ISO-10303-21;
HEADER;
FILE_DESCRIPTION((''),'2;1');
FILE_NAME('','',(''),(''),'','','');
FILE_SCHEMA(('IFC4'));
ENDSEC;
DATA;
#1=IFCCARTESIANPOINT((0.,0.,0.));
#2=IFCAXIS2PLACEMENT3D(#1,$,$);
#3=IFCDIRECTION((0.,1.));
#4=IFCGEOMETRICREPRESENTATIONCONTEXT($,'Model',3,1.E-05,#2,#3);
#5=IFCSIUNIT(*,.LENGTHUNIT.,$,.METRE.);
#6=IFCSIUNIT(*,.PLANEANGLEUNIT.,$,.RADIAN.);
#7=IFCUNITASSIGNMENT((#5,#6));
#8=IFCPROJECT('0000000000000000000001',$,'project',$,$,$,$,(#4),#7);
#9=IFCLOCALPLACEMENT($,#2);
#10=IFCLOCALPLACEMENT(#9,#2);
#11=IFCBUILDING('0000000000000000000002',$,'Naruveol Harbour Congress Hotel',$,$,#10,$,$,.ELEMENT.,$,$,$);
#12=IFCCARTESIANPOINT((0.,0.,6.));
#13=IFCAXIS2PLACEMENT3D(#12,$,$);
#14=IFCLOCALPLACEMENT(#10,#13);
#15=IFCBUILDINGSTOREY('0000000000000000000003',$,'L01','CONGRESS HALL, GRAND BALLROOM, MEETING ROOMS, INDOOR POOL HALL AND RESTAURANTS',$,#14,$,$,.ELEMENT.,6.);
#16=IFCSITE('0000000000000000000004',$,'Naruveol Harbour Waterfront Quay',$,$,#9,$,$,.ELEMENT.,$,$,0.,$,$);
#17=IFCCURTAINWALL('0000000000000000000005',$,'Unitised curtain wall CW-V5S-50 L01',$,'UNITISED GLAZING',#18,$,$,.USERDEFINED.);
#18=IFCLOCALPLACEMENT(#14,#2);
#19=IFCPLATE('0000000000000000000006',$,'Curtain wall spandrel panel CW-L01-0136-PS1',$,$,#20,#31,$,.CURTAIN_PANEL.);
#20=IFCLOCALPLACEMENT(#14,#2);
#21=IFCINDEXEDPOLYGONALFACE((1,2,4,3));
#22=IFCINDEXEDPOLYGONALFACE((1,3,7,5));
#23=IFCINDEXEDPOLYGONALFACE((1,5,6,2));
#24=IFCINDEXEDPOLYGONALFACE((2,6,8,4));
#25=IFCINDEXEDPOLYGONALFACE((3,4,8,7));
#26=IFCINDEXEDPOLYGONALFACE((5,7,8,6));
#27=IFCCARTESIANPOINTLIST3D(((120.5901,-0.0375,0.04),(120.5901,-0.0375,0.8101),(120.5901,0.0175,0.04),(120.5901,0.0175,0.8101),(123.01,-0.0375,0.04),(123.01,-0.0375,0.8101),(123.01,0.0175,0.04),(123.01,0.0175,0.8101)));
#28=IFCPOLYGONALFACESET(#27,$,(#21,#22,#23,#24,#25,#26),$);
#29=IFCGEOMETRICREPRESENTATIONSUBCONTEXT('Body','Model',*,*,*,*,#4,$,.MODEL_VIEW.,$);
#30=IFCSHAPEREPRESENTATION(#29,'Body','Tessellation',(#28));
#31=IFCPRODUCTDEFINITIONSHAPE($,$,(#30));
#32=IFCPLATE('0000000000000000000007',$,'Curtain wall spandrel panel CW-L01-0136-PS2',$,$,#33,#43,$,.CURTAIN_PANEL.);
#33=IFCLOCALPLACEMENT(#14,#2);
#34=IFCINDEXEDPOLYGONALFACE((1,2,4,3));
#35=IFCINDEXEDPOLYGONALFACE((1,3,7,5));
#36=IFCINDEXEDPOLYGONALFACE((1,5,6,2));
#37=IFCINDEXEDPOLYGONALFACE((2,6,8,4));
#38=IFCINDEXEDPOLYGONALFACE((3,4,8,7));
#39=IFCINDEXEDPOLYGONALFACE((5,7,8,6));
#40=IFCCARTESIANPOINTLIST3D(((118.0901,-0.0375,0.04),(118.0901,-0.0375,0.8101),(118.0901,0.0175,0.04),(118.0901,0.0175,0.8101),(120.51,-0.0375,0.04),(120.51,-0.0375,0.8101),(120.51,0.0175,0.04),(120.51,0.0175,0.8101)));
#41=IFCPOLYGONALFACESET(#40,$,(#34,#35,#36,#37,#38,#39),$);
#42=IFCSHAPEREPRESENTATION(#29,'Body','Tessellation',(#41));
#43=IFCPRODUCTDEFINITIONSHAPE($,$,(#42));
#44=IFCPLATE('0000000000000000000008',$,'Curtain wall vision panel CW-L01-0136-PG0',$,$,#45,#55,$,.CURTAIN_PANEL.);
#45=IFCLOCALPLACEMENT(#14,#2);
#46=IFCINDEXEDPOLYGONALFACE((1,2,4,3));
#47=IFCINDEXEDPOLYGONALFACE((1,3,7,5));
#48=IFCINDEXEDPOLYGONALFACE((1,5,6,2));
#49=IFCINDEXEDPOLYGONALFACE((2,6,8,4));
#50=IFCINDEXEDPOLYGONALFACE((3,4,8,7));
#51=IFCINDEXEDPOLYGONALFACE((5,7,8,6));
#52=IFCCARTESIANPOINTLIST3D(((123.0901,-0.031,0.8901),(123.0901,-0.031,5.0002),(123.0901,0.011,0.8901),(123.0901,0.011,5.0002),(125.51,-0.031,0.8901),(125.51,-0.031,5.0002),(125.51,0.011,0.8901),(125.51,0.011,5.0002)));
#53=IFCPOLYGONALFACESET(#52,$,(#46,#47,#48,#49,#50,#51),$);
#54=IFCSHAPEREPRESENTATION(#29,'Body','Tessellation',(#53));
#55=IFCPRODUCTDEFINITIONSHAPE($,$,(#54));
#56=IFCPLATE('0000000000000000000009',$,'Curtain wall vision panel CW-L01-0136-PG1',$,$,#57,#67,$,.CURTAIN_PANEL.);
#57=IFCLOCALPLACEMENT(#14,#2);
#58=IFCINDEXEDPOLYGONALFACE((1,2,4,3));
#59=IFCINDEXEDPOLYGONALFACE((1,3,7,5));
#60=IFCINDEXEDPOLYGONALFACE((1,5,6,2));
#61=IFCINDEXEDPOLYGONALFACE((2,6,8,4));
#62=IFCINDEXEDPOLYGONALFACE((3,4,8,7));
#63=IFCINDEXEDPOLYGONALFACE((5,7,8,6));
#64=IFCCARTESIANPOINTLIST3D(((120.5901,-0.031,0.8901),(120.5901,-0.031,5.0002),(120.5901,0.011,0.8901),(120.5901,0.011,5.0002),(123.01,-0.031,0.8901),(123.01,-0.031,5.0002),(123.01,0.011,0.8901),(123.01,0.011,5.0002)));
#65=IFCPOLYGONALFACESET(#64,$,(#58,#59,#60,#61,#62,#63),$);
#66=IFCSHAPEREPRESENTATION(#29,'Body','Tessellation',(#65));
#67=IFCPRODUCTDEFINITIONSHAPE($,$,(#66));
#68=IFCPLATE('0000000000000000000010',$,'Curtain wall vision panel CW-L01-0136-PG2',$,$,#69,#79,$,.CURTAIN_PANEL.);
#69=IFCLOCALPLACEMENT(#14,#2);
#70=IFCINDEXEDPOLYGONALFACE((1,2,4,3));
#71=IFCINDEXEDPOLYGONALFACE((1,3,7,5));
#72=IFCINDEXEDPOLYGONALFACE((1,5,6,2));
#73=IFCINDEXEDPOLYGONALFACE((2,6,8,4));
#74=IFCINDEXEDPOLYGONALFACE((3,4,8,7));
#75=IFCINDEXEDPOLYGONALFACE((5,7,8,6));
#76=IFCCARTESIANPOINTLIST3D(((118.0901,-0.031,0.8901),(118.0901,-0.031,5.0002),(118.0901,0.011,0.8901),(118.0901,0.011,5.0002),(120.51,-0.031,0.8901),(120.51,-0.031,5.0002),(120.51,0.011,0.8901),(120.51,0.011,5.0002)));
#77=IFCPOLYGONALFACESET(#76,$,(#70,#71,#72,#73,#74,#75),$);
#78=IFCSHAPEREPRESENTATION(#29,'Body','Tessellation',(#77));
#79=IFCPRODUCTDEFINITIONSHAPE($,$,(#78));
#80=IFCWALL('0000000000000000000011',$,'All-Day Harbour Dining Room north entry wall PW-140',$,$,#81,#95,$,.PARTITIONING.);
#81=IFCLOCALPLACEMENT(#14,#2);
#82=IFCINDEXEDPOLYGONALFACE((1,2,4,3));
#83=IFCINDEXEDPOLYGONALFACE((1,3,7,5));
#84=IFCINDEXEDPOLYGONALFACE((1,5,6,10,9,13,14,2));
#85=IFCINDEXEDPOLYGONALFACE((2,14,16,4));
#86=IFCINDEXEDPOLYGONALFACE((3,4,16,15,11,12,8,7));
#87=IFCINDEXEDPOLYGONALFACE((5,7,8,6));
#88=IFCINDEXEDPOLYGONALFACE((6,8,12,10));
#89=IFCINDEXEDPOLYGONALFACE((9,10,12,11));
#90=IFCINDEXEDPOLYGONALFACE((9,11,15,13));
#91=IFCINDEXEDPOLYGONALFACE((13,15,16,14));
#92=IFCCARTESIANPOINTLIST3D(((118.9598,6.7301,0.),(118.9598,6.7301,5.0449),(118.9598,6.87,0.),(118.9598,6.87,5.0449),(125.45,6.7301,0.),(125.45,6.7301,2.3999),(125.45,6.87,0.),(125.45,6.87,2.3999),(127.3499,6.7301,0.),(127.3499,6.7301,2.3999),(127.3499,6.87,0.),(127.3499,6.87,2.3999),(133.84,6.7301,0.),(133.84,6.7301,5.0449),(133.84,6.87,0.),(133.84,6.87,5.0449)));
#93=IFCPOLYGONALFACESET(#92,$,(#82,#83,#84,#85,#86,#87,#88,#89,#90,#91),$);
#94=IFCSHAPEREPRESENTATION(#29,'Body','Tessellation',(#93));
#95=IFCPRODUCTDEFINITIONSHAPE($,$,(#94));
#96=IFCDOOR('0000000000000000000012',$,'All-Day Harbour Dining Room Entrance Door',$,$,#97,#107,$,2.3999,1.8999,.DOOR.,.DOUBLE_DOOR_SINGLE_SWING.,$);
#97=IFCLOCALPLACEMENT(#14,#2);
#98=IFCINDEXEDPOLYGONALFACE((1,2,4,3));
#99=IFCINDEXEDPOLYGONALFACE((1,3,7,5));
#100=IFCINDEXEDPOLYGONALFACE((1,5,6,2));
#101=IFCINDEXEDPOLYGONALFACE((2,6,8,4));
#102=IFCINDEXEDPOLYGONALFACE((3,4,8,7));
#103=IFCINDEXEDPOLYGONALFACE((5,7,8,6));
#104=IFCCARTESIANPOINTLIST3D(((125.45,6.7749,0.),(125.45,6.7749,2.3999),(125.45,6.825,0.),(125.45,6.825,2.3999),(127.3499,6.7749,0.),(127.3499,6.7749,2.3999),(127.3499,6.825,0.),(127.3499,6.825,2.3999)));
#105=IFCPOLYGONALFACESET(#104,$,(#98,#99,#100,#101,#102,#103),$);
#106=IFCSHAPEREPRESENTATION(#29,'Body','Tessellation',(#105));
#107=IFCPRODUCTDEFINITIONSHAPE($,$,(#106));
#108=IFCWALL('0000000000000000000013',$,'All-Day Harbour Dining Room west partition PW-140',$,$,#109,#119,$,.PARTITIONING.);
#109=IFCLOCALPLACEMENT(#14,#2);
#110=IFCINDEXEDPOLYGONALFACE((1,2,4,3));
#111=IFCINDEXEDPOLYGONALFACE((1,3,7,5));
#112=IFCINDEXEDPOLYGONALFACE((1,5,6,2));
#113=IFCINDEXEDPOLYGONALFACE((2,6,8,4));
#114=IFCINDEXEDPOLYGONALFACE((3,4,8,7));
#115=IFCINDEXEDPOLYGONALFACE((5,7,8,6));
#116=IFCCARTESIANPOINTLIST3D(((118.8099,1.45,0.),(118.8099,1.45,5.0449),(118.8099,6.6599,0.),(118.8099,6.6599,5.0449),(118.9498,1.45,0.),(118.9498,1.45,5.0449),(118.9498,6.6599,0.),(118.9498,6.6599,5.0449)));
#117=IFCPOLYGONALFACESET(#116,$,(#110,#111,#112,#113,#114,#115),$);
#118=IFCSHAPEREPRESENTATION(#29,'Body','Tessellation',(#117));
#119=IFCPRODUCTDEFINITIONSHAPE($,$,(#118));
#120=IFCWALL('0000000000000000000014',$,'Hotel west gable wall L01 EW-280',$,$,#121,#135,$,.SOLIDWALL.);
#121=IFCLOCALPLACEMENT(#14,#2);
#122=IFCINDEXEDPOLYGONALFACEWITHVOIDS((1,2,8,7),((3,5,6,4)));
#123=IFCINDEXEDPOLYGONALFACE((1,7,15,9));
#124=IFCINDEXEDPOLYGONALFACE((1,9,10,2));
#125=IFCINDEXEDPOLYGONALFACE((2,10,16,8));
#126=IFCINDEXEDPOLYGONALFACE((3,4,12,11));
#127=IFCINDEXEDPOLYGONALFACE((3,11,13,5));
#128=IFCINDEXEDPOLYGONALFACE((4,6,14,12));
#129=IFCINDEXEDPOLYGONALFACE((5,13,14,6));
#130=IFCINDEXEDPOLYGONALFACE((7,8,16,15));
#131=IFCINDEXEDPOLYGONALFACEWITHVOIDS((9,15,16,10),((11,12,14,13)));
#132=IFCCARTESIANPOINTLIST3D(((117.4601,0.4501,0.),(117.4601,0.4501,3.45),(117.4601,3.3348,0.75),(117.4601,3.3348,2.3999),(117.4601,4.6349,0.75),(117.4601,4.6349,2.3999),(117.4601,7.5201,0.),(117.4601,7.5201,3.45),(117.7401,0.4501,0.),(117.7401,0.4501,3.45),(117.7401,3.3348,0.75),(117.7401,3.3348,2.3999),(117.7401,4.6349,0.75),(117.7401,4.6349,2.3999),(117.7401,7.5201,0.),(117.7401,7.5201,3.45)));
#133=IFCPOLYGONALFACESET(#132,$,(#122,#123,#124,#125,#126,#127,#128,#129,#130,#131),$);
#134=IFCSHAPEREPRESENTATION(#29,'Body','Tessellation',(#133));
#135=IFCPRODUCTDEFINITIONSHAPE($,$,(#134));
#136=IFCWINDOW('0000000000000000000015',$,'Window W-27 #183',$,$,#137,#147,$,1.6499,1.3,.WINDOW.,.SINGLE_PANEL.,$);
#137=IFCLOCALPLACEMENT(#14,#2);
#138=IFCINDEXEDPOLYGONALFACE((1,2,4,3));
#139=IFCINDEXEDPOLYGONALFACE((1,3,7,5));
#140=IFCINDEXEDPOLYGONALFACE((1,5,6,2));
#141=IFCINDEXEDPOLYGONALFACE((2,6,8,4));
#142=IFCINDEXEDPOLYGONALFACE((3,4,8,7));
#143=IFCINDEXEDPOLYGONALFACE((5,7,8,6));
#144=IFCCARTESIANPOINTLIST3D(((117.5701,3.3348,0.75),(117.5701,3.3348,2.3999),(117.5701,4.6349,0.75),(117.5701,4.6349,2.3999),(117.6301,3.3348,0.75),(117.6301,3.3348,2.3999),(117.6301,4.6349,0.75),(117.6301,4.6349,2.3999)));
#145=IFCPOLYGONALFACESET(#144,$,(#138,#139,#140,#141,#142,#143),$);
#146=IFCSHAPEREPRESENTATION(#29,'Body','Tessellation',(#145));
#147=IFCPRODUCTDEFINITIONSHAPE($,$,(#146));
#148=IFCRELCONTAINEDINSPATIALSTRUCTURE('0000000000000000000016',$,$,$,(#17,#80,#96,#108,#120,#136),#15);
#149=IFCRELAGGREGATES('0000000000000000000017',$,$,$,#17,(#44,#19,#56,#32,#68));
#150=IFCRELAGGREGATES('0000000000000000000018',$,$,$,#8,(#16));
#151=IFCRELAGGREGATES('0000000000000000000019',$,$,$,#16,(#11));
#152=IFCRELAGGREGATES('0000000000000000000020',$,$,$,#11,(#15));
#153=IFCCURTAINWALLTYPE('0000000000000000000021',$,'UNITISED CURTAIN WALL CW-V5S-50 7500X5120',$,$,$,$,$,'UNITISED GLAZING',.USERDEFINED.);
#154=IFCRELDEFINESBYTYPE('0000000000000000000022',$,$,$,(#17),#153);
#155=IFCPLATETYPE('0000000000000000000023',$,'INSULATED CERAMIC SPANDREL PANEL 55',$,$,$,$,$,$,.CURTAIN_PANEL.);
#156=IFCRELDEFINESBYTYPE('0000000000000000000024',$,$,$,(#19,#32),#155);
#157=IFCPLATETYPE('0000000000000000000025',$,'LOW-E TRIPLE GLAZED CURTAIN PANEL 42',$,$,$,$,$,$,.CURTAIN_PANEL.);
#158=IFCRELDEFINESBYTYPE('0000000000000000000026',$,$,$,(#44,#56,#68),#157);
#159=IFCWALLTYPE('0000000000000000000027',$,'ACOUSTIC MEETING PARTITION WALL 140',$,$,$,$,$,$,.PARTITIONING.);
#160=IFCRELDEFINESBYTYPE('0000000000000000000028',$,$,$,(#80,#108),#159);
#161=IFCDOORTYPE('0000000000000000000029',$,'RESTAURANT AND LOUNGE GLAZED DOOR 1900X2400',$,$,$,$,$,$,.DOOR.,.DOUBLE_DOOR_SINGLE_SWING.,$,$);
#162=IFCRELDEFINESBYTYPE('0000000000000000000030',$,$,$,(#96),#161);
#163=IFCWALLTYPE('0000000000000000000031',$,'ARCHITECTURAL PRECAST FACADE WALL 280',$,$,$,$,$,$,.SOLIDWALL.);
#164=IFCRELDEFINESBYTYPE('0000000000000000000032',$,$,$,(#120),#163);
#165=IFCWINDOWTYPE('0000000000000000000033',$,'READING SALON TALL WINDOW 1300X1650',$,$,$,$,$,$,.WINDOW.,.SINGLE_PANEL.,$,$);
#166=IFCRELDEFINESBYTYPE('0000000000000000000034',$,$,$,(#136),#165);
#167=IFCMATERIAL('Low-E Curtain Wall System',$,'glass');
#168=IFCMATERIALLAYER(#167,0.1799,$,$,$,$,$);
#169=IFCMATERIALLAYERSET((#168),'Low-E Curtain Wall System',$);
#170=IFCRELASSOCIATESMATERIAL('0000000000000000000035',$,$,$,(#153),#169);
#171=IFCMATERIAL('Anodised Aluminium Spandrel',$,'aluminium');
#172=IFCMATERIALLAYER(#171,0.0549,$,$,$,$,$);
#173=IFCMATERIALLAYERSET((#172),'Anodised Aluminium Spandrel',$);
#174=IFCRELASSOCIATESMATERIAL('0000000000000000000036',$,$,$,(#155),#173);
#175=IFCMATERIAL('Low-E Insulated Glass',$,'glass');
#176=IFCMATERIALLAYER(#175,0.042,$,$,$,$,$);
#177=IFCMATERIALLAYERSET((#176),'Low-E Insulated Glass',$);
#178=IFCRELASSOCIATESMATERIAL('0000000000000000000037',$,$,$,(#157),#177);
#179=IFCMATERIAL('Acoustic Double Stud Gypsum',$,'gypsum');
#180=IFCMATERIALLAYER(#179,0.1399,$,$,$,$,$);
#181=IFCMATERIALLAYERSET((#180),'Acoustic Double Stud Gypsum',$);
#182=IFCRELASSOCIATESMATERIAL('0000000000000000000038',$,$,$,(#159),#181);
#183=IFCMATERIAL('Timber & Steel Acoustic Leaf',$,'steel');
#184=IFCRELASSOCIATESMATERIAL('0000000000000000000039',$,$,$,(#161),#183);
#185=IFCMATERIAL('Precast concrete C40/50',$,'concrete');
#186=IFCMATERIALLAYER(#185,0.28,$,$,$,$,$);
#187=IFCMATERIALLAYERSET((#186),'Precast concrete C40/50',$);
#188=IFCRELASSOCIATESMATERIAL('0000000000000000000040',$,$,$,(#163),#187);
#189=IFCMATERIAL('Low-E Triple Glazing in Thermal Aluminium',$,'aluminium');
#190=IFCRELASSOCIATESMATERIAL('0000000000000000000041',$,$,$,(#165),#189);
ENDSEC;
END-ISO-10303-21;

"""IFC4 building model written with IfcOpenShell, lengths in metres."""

from ifc_helpers import new_model, si_unit, direction, frame, frame_2d, origin, origin_2d, place, context, subcontext, project, spatial, rectangle, extrude, material, layer, layer_set, type_object, element, fill, aggregate, save


model = new_model("IFC4")

# Units and contexts
model_context = context("Model", 3, precision=1e-05, world=origin(), true_north=direction((0.0, 1.0)))
body_context = subcontext(model_context, "Body", "Model", "MODEL_VIEW")
ifc_project = project(units=[si_unit("LENGTHUNIT", "METRE"), si_unit("PLANEANGLEUNIT", "RADIAN")], contexts=[model_context])

# Site, building, storey
site_placement = place(None, origin())
site = spatial("IfcSite", under=ifc_project, at=site_placement, Name="Naruveol Harbour Waterfront Quay", CompositionType="ELEMENT", RefElevation=0.0)
building_placement = place(site_placement, origin())
building = spatial("IfcBuilding", under=site, at=building_placement, Name="Naruveol Harbour Congress Hotel", CompositionType="ELEMENT")
storey_placement = place(building_placement, frame((0.0, 0.0, 6.0)))
storey = spatial("IfcBuildingStorey", under=building, at=storey_placement, Name="L01", Description="CONGRESS HALL, GRAND BALLROOM, MEETING ROOMS, INDOOR POOL HALL AND RESTAURANTS", CompositionType="ELEMENT", Elevation=6.0)

# Curtain wall, plates
ifc_material_1 = material(Name="Low-E Curtain Wall System", Category="glass")
ifc_layer_1 = layer(ifc_material_1, 0.1799)
ifc_layer_set_1 = layer_set([ifc_layer_1], Name="Low-E Curtain Wall System")
curtain_wall_type = type_object("IfcCurtainWallType", Name="UNITISED CURTAIN WALL CW-V5S-50 7500X5120", ElementType="UNITISED GLAZING", PredefinedType="USERDEFINED", material=ifc_layer_set_1)
curtain_wall_placement = place(storey_placement, origin())
curtain_wall = element("IfcCurtainWall", 1, at=curtain_wall_placement, inside=storey, type_object=curtain_wall_type, Name="Unitised curtain wall CW-V5S-50 L01", ObjectType="UNITISED GLAZING", PredefinedType="USERDEFINED")
ifc_material_2 = material(Name="Anodised Aluminium Spandrel", Category="aluminium")
ifc_layer_2 = layer(ifc_material_2, 0.0549)
ifc_layer_set_2 = layer_set([ifc_layer_2], Name="Anodised Aluminium Spandrel")
plate_type_1 = type_object("IfcPlateType", Name="INSULATED CERAMIC SPANDREL PANEL 55", PredefinedType="CURTAIN_PANEL", material=ifc_layer_set_2)
plate_1_placement = place(storey_placement, frame((121.8, -0.01, 0.04), z_axis=(0.0, 0.0, 1.0), x_axis=(-1.0, 0.0, 0.0)))
plate_1 = element("IfcPlate", 2, at=plate_1_placement, type_object=plate_type_1, Name="Curtain wall spandrel panel CW-L01-0136-PS1", PredefinedType="CURTAIN_PANEL", context=body_context, shape_type="SweptSolid", body=[
    extrude(rectangle(XDim=2.4199, YDim=0.0549, at=origin_2d()), origin(), (0.0, 0.0, 1.0), 0.77),
])
plate_2_placement = place(storey_placement, frame((119.3, -0.01, 0.04), z_axis=(0.0, 0.0, 1.0), x_axis=(-1.0, 0.0, 0.0)))
plate_2 = element("IfcPlate", 3, at=plate_2_placement, type_object=plate_type_1, Name="Curtain wall spandrel panel CW-L01-0136-PS2", PredefinedType="CURTAIN_PANEL", context=body_context, shape_type="SweptSolid", body=[
    extrude(rectangle(XDim=2.4199, YDim=0.0549, at=origin_2d()), origin(), (0.0, 0.0, 1.0), 0.77),
])
ifc_material_3 = material(Name="Low-E Insulated Glass", Category="glass")
ifc_layer_3 = layer(ifc_material_3, 0.042)
ifc_layer_set_3 = layer_set([ifc_layer_3], Name="Low-E Insulated Glass")
plate_type_2 = type_object("IfcPlateType", Name="LOW-E TRIPLE GLAZED CURTAIN PANEL 42", PredefinedType="CURTAIN_PANEL", material=ifc_layer_set_3)
plate_3_placement = place(storey_placement, frame((124.3, -0.01, 0.8901), z_axis=(0.0, 0.0, 1.0), x_axis=(-1.0, 0.0, 0.0)))
plate_3 = element("IfcPlate", 4, at=plate_3_placement, type_object=plate_type_2, Name="Curtain wall vision panel CW-L01-0136-PG0", PredefinedType="CURTAIN_PANEL", context=body_context, shape_type="SweptSolid", body=[
    extrude(rectangle(XDim=2.4199, YDim=0.042, at=origin_2d()), origin(), (0.0, 0.0, 1.0), 4.1101),
])
plate_4_placement = place(storey_placement, frame((121.8, -0.01, 0.8901), z_axis=(0.0, 0.0, 1.0), x_axis=(-1.0, 0.0, 0.0)))
plate_4 = element("IfcPlate", 5, at=plate_4_placement, type_object=plate_type_2, Name="Curtain wall vision panel CW-L01-0136-PG1", PredefinedType="CURTAIN_PANEL", context=body_context, shape_type="SweptSolid", body=[
    extrude(rectangle(XDim=2.4199, YDim=0.042, at=origin_2d()), origin(), (0.0, 0.0, 1.0), 4.1101),
])
plate_5_placement = place(storey_placement, frame((119.3, -0.01, 0.8901), z_axis=(0.0, 0.0, 1.0), x_axis=(-1.0, 0.0, 0.0)))
plate_5 = element("IfcPlate", 6, at=plate_5_placement, type_object=plate_type_2, Name="Curtain wall vision panel CW-L01-0136-PG2", PredefinedType="CURTAIN_PANEL", context=body_context, shape_type="SweptSolid", body=[
    extrude(rectangle(XDim=2.4199, YDim=0.042, at=origin_2d()), origin(), (0.0, 0.0, 1.0), 4.1101),
])
aggregate(curtain_wall, [plate_3, plate_1, plate_4, plate_2, plate_5])

# Wall, opening, door
ifc_material_4 = material(Name="Acoustic Double Stud Gypsum", Category="gypsum")
ifc_layer_4 = layer(ifc_material_4, 0.1399)
ifc_layer_set_4 = layer_set([ifc_layer_4], Name="Acoustic Double Stud Gypsum")
wall_type_1 = type_object("IfcWallType", Name="ACOUSTIC MEETING PARTITION WALL 140", PredefinedType="PARTITIONING", material=ifc_layer_set_4)
wall_1_placement = place(storey_placement, frame((118.96, 6.8, 0.0), z_axis=(0.0, 0.0, 1.0), x_axis=(1.0, 0.0, 0.0)))
wall_1 = element("IfcWall", 7, at=wall_1_placement, inside=storey, type_object=wall_type_1, Name="All-Day Harbour Dining Room north entry wall PW-140", PredefinedType="PARTITIONING", context=body_context, shape_type="SweptSolid", body=[
    extrude(rectangle(XDim=14.8801, YDim=0.1399, at=frame_2d((7.4399, 0.0))), origin(), (0.0, 0.0, 1.0), 5.0449),
])
opening_1_placement = place(wall_1_placement, frame((6.49, 0.0, 0.0)))
opening_1 = element("IfcOpeningElement", 8, at=opening_1_placement, cuts=wall_1, PredefinedType="OPENING", context=body_context, shape_type="SweptSolid", body=[
    extrude(rectangle(XDim=1.8999, YDim=2.3999, at=frame_2d((0.95, 1.2))), frame((0.0, 0.0798, 0.0), z_axis=(0.0, -1.0, 0.0), x_axis=(1.0, 0.0, 0.0)), (0.0, 0.0, 1.0), 0.1599),
])
ifc_material_5 = material(Name="Timber & Steel Acoustic Leaf", Category="steel")
door_type_1 = type_object("IfcDoorType", Name="RESTAURANT AND LOUNGE GLAZED DOOR 1900X2400", OperationType="DOUBLE_DOOR_SINGLE_SWING", PredefinedType="DOOR", material=ifc_material_5)
door_1_placement = place(opening_1_placement, origin())
door_1 = element("IfcDoor", 9, at=door_1_placement, inside=storey, type_object=door_type_1, Name="All-Day Harbour Dining Room Entrance Door", OperationType="DOUBLE_DOOR_SINGLE_SWING", OverallHeight=2.3999, OverallWidth=1.8999, PredefinedType="DOOR", context=body_context, shape_type="SweptSolid", body=[
    extrude(rectangle(XDim=1.8999, YDim=2.3999, at=frame_2d((0.95, 1.2))), frame((0.0, 0.0249, 0.0), z_axis=(0.0, -1.0, 0.0), x_axis=(1.0, 0.0, 0.0)), (0.0, 0.0, 1.0), 0.05),
])
fill(opening_1, door_1)

# Wall
wall_2_placement = place(storey_placement, frame((118.8799, 1.45, 0.0), z_axis=(0.0, 0.0, 1.0), x_axis=(0.0, 1.0, 0.0)))
element("IfcWall", 10, at=wall_2_placement, inside=storey, type_object=wall_type_1, Name="All-Day Harbour Dining Room west partition PW-140", PredefinedType="PARTITIONING", context=body_context, shape_type="SweptSolid", body=[
    extrude(rectangle(XDim=5.21, YDim=0.1399, at=frame_2d((2.605, 0.0))), origin(), (0.0, 0.0, 1.0), 5.0449),
])

# Wall, opening, window
ifc_material_6 = material(Name="Precast concrete C40/50", Category="concrete")
ifc_layer_5 = layer(ifc_material_6, 0.28)
ifc_layer_set_5 = layer_set([ifc_layer_5], Name="Precast concrete C40/50")
wall_type_2 = type_object("IfcWallType", Name="ARCHITECTURAL PRECAST FACADE WALL 280", PredefinedType="SOLIDWALL", material=ifc_layer_set_5)
wall_3_placement = place(storey_placement, frame((117.6001, 0.45, 0.0), z_axis=(0.0, 0.0, 1.0), x_axis=(0.0, 1.0, 0.0)))
wall_3 = element("IfcWall", 11, at=wall_3_placement, inside=storey, type_object=wall_type_2, Name="Hotel west gable wall L01 EW-280", PredefinedType="SOLIDWALL", context=body_context, shape_type="SweptSolid", body=[
    extrude(rectangle(XDim=7.0701, YDim=0.28, at=frame_2d((3.5352, 0.0))), origin(), (0.0, 0.0, 1.0), 3.45),
])
opening_2_placement = place(wall_3_placement, frame((2.885, 0.0, 0.75)))
opening_2 = element("IfcOpeningElement", 12, at=opening_2_placement, cuts=wall_3, PredefinedType="OPENING", context=body_context, shape_type="SweptSolid", body=[
    extrude(rectangle(XDim=1.3, YDim=1.6499, at=frame_2d((0.6499, 0.825))), frame((0.0, 0.1499, 0.0), z_axis=(0.0, -1.0, 0.0), x_axis=(1.0, 0.0, 0.0)), (0.0, 0.0, 1.0), 0.3),
])
ifc_material_7 = material(Name="Low-E Triple Glazing in Thermal Aluminium", Category="aluminium")
window_type_1 = type_object("IfcWindowType", Name="READING SALON TALL WINDOW 1300X1650", PartitioningType="SINGLE_PANEL", PredefinedType="WINDOW", material=ifc_material_7)
window_1_placement = place(opening_2_placement, origin())
window_1 = element("IfcWindow", 13, at=window_1_placement, inside=storey, type_object=window_type_1, Name="Window W-27 #183", OverallHeight=1.6499, OverallWidth=1.3, PartitioningType="SINGLE_PANEL", PredefinedType="WINDOW", context=body_context, shape_type="SweptSolid", body=[
    extrude(rectangle(XDim=1.3, YDim=1.6499, at=frame_2d((0.6499, 0.825))), frame((0.0, 0.03, 0.0), z_axis=(0.0, -1.0, 0.0), x_axis=(1.0, 0.0, 0.0)), (0.0, 0.0, 1.0), 0.0601),
])
fill(opening_2, window_1)

save(model, "model.ifc")
